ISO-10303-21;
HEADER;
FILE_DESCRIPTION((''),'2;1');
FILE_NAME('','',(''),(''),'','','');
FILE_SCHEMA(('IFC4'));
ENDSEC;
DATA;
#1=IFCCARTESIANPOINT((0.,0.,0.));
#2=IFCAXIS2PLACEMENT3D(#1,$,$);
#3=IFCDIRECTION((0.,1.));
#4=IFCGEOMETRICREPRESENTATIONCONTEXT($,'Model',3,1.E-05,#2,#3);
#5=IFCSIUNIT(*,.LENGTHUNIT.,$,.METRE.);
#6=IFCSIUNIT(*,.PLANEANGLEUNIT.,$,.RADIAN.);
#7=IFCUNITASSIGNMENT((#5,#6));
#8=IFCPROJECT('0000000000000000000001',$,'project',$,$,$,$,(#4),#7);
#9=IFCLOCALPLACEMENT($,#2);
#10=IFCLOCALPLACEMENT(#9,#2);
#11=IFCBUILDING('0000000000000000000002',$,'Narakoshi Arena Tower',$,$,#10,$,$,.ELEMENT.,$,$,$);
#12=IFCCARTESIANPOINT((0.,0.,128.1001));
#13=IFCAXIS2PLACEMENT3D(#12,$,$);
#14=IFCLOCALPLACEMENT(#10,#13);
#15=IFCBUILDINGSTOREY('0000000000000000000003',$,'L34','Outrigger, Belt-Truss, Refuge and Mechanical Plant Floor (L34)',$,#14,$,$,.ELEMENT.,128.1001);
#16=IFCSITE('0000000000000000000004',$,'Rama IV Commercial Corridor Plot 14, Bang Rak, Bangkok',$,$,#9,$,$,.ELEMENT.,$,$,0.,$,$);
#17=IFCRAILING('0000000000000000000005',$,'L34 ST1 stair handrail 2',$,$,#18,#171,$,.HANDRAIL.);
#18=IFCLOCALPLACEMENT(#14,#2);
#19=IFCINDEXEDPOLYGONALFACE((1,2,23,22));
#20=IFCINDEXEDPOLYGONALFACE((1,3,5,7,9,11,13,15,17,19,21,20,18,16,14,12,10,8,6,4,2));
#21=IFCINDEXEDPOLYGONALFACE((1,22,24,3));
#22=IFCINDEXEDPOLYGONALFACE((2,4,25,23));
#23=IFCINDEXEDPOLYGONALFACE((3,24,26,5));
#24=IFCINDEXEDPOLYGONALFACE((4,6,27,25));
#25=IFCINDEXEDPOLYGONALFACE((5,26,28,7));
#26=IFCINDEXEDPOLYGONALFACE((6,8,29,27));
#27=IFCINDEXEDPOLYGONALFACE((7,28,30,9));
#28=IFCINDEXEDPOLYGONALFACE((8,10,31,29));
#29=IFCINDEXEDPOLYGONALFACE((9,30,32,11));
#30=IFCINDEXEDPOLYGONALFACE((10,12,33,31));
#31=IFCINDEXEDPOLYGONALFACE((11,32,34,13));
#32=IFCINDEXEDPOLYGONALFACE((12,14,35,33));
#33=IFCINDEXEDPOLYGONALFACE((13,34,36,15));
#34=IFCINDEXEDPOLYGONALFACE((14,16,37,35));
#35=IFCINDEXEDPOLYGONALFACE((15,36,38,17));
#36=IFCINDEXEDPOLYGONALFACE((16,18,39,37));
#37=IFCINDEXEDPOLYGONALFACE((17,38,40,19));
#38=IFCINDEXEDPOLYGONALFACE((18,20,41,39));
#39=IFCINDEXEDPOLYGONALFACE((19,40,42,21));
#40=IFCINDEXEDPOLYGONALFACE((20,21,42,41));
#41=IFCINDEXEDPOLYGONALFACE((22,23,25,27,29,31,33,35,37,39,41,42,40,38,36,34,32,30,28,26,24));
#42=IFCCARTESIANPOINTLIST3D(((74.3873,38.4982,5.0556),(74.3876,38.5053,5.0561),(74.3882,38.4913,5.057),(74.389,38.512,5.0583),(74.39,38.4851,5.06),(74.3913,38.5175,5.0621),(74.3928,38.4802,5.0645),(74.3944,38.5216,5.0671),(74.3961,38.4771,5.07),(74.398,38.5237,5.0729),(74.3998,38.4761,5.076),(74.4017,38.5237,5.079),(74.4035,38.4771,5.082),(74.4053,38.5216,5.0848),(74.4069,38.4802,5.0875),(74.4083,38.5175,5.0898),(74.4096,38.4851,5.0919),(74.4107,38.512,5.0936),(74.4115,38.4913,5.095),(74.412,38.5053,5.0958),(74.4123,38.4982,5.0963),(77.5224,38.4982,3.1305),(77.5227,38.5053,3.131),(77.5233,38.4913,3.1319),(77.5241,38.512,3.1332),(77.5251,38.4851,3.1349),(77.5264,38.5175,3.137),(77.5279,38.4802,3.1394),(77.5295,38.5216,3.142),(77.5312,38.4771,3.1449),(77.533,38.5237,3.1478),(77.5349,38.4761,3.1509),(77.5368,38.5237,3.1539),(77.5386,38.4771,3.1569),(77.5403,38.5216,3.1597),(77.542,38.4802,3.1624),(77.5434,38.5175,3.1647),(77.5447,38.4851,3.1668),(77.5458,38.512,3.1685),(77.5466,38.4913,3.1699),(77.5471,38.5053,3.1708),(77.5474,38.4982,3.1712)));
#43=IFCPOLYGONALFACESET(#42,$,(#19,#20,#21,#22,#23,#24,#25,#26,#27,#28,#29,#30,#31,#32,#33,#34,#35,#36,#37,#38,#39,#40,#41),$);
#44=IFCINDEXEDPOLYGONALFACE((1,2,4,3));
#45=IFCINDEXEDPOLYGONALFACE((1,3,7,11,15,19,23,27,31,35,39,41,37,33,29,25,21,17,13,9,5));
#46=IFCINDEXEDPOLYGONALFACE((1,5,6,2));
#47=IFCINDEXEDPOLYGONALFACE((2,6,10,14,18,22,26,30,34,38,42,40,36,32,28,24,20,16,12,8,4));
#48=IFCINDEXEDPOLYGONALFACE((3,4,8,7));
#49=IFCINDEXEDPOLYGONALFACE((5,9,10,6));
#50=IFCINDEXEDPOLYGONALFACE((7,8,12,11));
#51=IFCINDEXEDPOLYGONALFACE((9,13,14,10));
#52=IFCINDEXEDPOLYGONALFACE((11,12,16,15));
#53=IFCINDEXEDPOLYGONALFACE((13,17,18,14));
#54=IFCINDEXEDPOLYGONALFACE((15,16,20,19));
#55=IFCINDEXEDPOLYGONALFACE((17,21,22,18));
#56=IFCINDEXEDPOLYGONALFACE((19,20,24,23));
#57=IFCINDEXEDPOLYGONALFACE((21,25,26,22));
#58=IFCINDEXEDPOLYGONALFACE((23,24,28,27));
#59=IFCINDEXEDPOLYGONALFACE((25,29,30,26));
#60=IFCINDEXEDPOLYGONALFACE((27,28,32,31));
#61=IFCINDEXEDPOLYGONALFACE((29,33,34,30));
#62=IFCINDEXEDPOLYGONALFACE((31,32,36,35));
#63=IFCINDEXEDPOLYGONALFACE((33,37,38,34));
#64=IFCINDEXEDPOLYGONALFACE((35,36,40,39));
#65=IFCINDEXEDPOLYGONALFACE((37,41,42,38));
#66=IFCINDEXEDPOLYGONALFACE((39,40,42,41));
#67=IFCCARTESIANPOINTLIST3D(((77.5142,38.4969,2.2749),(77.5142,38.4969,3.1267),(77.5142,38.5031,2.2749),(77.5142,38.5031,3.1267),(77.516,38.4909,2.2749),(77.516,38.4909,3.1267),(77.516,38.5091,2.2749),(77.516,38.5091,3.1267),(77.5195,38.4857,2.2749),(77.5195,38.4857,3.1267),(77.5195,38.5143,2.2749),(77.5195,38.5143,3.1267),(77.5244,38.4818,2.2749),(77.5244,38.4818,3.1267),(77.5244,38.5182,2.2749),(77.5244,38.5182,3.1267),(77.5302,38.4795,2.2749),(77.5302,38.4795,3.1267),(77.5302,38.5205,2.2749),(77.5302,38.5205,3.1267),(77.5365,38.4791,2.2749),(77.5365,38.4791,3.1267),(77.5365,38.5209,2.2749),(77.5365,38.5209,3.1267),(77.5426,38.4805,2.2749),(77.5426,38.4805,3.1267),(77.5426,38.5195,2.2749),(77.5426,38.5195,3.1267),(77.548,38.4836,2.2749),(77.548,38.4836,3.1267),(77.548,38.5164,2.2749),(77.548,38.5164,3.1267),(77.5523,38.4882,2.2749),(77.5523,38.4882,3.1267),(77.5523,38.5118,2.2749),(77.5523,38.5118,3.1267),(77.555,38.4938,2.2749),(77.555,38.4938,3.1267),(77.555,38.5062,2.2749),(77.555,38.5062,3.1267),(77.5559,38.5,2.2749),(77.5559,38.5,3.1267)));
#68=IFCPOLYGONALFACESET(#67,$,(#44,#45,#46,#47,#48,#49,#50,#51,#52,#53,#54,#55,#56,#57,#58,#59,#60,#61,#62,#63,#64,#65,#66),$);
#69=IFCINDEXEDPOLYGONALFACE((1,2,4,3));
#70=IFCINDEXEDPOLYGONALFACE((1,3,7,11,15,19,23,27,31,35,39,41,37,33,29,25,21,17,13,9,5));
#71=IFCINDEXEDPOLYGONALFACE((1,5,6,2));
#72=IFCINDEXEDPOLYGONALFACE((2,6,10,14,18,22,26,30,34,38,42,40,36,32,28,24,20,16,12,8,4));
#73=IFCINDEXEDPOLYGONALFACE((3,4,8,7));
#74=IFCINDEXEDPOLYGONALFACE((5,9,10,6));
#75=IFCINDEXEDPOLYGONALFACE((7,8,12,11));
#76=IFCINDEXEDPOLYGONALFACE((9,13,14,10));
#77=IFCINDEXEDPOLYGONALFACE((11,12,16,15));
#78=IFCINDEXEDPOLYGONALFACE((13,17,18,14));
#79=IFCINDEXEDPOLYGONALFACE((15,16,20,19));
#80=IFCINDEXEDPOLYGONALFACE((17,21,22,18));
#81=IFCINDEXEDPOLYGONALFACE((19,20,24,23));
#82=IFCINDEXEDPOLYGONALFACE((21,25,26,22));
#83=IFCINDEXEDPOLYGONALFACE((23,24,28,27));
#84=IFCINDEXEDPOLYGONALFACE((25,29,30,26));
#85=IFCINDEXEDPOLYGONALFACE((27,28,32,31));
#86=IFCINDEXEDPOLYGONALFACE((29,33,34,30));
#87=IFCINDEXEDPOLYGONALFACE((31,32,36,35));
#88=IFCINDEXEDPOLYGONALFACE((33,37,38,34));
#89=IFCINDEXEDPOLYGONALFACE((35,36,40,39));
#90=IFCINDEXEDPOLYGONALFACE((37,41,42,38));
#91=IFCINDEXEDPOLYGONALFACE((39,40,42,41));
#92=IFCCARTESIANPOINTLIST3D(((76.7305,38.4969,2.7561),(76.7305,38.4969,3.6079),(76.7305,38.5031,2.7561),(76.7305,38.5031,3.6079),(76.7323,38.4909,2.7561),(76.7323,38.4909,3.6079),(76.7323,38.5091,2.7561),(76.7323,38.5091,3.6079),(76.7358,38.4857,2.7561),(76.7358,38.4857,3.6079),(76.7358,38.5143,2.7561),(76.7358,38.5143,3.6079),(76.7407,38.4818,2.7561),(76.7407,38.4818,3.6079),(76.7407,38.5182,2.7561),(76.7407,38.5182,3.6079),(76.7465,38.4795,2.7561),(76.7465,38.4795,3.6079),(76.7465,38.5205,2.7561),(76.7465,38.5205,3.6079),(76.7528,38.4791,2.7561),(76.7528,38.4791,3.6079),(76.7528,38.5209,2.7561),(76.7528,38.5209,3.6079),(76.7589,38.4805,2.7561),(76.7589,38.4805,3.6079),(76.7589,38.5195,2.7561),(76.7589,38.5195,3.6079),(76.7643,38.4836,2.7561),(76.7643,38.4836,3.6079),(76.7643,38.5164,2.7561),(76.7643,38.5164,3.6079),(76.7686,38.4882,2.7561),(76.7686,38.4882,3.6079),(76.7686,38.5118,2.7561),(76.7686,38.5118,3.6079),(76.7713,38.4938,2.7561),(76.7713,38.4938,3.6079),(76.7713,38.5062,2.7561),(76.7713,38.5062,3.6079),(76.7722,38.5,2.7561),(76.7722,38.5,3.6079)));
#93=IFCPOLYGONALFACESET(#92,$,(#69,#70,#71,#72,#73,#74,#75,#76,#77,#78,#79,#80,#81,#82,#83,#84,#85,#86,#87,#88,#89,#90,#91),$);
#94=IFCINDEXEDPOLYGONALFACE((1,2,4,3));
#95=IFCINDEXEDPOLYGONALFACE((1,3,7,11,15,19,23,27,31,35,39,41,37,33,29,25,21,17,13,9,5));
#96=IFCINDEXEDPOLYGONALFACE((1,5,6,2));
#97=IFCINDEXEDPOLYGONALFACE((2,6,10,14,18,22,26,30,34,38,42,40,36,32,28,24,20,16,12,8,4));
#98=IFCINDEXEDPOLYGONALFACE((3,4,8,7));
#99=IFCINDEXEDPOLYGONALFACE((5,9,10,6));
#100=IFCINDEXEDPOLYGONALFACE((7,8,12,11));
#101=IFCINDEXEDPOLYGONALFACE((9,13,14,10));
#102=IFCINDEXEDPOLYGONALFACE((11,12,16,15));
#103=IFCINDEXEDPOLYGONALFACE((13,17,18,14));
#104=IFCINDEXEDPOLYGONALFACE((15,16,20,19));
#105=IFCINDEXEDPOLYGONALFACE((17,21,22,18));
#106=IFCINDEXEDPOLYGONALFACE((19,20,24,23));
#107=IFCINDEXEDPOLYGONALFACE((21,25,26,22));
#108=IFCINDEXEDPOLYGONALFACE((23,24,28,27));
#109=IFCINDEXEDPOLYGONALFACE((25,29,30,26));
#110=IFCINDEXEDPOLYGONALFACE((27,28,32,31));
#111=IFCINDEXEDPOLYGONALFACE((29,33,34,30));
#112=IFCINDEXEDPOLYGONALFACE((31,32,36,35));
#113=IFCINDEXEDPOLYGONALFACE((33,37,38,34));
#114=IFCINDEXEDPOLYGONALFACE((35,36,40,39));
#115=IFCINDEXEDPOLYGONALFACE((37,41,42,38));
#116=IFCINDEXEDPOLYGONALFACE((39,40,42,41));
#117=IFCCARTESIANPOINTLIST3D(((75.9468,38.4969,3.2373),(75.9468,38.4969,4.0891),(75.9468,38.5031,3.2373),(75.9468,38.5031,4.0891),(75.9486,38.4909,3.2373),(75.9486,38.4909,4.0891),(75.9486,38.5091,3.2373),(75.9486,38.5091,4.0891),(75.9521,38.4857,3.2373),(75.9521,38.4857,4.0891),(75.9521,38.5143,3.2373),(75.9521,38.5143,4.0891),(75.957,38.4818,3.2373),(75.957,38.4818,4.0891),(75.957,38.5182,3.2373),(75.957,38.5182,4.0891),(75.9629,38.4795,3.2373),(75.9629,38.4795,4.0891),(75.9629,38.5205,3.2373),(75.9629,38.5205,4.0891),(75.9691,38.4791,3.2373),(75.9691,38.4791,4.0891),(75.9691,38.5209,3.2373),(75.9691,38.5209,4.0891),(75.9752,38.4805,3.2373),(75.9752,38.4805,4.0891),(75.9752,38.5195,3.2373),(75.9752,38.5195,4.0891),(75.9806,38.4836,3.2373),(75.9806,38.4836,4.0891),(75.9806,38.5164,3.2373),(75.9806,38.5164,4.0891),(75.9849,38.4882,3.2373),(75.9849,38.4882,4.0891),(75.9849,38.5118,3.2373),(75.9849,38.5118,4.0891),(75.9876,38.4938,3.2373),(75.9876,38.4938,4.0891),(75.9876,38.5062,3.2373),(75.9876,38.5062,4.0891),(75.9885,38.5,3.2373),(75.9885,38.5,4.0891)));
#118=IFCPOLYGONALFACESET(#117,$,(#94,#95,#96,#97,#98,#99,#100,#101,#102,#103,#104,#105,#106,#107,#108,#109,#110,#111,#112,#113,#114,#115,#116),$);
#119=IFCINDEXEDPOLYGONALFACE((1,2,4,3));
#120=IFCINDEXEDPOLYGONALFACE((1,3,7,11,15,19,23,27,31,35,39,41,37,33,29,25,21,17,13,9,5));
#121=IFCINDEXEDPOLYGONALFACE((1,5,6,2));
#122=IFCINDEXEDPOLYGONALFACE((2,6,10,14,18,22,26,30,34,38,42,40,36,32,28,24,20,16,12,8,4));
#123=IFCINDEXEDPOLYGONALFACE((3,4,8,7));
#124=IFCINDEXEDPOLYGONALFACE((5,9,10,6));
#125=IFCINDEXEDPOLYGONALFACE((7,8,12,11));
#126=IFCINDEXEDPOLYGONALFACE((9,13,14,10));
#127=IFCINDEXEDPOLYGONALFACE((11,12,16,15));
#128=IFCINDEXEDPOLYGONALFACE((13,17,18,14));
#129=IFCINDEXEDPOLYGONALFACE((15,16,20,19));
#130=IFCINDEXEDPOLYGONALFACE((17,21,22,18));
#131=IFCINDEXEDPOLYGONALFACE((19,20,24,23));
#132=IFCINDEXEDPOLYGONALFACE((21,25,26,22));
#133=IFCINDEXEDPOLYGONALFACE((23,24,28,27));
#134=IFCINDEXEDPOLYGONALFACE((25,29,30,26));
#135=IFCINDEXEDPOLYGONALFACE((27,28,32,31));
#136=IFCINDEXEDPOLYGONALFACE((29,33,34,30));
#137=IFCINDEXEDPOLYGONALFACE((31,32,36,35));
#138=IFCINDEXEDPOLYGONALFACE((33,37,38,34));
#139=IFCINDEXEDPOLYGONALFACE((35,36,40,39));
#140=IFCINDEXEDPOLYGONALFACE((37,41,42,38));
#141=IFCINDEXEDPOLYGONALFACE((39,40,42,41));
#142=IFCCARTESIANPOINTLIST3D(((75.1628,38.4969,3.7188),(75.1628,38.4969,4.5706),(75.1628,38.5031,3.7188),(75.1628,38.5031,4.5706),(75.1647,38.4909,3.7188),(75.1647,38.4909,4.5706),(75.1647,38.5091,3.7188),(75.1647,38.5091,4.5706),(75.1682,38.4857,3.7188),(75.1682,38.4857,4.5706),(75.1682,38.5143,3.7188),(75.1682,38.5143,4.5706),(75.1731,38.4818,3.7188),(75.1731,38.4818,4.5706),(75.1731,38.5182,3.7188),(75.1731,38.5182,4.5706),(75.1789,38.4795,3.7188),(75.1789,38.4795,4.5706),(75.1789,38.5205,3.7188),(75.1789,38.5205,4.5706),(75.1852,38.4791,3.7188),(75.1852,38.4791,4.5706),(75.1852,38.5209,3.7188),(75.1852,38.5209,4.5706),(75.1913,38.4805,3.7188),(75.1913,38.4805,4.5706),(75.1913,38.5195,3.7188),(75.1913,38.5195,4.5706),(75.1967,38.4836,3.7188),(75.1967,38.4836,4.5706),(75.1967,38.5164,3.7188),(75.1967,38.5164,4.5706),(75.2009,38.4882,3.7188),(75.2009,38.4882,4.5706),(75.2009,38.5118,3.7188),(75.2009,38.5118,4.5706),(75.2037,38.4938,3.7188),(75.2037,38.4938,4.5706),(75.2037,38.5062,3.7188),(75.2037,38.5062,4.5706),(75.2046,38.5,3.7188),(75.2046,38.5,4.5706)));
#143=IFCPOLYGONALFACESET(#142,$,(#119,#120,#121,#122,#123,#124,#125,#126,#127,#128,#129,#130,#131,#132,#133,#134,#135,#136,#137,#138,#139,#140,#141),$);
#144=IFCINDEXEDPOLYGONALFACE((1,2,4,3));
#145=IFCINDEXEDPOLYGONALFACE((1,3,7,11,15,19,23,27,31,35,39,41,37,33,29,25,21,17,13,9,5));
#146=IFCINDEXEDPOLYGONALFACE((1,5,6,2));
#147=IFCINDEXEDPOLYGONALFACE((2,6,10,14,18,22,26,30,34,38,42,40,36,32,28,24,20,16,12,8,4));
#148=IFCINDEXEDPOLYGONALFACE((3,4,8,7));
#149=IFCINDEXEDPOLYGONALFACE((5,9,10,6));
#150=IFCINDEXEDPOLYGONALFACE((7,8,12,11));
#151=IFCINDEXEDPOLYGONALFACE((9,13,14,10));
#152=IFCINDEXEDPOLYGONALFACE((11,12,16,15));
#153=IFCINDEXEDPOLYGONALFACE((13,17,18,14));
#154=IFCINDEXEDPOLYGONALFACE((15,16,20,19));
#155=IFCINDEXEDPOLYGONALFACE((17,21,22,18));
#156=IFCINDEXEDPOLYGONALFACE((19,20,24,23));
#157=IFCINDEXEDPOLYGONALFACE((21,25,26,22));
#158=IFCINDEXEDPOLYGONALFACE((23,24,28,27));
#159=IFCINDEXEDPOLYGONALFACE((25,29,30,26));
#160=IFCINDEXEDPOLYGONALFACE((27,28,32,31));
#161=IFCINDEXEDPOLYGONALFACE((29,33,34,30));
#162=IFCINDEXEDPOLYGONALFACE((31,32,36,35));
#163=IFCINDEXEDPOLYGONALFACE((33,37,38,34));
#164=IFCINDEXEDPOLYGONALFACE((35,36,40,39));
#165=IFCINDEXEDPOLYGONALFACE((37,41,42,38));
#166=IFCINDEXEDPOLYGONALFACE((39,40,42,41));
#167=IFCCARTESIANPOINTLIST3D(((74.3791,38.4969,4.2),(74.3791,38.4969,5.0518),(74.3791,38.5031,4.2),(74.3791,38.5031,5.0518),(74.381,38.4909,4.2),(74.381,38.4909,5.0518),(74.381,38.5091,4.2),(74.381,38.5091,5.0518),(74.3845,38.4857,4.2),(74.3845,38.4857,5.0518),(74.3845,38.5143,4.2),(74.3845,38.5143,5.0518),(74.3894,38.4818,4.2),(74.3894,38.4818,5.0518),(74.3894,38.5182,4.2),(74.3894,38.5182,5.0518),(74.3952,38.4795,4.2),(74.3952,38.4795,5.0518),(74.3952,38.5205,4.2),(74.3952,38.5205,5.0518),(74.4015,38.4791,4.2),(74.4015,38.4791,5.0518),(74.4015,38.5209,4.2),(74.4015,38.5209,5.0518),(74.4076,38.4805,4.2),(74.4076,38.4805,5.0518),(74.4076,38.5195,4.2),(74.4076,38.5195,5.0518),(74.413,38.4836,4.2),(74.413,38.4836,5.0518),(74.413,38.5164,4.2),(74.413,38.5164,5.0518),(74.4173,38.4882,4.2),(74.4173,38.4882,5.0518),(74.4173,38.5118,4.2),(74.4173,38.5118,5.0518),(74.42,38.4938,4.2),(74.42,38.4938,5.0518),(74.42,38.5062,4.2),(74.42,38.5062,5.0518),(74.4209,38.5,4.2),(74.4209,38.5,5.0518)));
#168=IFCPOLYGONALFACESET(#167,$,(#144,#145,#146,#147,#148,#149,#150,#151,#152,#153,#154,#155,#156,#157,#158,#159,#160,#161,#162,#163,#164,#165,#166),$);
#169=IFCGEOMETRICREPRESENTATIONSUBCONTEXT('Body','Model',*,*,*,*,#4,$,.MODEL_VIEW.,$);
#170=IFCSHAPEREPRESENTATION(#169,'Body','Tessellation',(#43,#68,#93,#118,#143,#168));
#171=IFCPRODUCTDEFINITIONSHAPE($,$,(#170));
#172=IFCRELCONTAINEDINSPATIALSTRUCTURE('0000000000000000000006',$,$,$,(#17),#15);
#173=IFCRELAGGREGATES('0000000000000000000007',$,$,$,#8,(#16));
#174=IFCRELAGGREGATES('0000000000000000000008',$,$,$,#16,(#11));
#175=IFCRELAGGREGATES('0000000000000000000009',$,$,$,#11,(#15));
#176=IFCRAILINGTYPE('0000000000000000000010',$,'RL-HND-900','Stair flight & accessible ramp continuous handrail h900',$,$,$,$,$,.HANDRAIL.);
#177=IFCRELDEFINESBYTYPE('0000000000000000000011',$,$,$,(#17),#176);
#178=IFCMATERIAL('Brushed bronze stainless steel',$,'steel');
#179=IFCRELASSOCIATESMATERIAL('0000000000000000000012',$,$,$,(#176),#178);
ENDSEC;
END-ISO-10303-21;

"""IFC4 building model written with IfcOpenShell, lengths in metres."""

from ifc_helpers import new_model, si_unit, direction, frame, origin, origin_2d, place, context, subcontext, project, spatial, circle, extrude, material, type_object, element, save


model = new_model("IFC4")

# Units and contexts
model_context = context("Model", 3, precision=1e-05, world=origin(), true_north=direction((0.0, 1.0)))
body_context = subcontext(model_context, "Body", "Model", "MODEL_VIEW")
ifc_project = project(units=[si_unit("LENGTHUNIT", "METRE"), si_unit("PLANEANGLEUNIT", "RADIAN")], contexts=[model_context])

# Site, building, storey
site_placement = place(None, origin())
site = spatial("IfcSite", under=ifc_project, at=site_placement, Name="Rama IV Commercial Corridor Plot 14, Bang Rak, Bangkok", CompositionType="ELEMENT", RefElevation=0.0)
building_placement = place(site_placement, origin())
building = spatial("IfcBuilding", under=site, at=building_placement, Name="Narakoshi Arena Tower", CompositionType="ELEMENT")
storey_placement = place(building_placement, frame((0.0, 0.0, 128.1001)))
storey = spatial("IfcBuildingStorey", under=building, at=storey_placement, Name="L34", Description="Outrigger, Belt-Truss, Refuge and Mechanical Plant Floor (L34)", CompositionType="ELEMENT", Elevation=128.1001)

# Railing
ifc_material_1 = material(Name="Brushed bronze stainless steel", Category="steel")
railing_type_1 = type_object("IfcRailingType", Name="RL-HND-900", Description="Stair flight & accessible ramp continuous handrail h900", PredefinedType="HANDRAIL", material=ifc_material_1)
railing_1_placement = place(storey_placement, frame((77.5349, 38.5, 2.2749)))
element("IfcRailing", 1, at=railing_1_placement, inside=storey, type_object=railing_type_1, Name="L34 ST1 stair handrail 2", PredefinedType="HANDRAIL", context=body_context, shape_type="SweptSolid", body=[
    extrude(circle(Radius=0.0239, at=origin_2d()), frame((0.0, 0.0, 0.876), z_axis=(-0.852166, 0.0, 0.523271), x_axis=(0.0, -1.0, 0.0)), (0.0, 0.0, 1.0), 3.679),
    extrude(circle(Radius=0.021, at=origin_2d()), origin(), (0.0, 0.0, 1.0), 0.8518),
    extrude(circle(Radius=0.021, at=origin_2d()), frame((-0.7837, 0.0, 0.4812)), (0.0, 0.0, 1.0), 0.8518),
    extrude(circle(Radius=0.021, at=origin_2d()), frame((-1.5674, 0.0, 0.9624)), (0.0, 0.0, 1.0), 0.8518),
    extrude(circle(Radius=0.021, at=origin_2d()), frame((-2.3513, 0.0, 1.4438)), (0.0, 0.0, 1.0), 0.8518),
    extrude(circle(Radius=0.021, at=origin_2d()), frame((-3.135, 0.0, 1.925)), (0.0, 0.0, 1.0), 0.8518),
])

save(model, "model.ifc")
